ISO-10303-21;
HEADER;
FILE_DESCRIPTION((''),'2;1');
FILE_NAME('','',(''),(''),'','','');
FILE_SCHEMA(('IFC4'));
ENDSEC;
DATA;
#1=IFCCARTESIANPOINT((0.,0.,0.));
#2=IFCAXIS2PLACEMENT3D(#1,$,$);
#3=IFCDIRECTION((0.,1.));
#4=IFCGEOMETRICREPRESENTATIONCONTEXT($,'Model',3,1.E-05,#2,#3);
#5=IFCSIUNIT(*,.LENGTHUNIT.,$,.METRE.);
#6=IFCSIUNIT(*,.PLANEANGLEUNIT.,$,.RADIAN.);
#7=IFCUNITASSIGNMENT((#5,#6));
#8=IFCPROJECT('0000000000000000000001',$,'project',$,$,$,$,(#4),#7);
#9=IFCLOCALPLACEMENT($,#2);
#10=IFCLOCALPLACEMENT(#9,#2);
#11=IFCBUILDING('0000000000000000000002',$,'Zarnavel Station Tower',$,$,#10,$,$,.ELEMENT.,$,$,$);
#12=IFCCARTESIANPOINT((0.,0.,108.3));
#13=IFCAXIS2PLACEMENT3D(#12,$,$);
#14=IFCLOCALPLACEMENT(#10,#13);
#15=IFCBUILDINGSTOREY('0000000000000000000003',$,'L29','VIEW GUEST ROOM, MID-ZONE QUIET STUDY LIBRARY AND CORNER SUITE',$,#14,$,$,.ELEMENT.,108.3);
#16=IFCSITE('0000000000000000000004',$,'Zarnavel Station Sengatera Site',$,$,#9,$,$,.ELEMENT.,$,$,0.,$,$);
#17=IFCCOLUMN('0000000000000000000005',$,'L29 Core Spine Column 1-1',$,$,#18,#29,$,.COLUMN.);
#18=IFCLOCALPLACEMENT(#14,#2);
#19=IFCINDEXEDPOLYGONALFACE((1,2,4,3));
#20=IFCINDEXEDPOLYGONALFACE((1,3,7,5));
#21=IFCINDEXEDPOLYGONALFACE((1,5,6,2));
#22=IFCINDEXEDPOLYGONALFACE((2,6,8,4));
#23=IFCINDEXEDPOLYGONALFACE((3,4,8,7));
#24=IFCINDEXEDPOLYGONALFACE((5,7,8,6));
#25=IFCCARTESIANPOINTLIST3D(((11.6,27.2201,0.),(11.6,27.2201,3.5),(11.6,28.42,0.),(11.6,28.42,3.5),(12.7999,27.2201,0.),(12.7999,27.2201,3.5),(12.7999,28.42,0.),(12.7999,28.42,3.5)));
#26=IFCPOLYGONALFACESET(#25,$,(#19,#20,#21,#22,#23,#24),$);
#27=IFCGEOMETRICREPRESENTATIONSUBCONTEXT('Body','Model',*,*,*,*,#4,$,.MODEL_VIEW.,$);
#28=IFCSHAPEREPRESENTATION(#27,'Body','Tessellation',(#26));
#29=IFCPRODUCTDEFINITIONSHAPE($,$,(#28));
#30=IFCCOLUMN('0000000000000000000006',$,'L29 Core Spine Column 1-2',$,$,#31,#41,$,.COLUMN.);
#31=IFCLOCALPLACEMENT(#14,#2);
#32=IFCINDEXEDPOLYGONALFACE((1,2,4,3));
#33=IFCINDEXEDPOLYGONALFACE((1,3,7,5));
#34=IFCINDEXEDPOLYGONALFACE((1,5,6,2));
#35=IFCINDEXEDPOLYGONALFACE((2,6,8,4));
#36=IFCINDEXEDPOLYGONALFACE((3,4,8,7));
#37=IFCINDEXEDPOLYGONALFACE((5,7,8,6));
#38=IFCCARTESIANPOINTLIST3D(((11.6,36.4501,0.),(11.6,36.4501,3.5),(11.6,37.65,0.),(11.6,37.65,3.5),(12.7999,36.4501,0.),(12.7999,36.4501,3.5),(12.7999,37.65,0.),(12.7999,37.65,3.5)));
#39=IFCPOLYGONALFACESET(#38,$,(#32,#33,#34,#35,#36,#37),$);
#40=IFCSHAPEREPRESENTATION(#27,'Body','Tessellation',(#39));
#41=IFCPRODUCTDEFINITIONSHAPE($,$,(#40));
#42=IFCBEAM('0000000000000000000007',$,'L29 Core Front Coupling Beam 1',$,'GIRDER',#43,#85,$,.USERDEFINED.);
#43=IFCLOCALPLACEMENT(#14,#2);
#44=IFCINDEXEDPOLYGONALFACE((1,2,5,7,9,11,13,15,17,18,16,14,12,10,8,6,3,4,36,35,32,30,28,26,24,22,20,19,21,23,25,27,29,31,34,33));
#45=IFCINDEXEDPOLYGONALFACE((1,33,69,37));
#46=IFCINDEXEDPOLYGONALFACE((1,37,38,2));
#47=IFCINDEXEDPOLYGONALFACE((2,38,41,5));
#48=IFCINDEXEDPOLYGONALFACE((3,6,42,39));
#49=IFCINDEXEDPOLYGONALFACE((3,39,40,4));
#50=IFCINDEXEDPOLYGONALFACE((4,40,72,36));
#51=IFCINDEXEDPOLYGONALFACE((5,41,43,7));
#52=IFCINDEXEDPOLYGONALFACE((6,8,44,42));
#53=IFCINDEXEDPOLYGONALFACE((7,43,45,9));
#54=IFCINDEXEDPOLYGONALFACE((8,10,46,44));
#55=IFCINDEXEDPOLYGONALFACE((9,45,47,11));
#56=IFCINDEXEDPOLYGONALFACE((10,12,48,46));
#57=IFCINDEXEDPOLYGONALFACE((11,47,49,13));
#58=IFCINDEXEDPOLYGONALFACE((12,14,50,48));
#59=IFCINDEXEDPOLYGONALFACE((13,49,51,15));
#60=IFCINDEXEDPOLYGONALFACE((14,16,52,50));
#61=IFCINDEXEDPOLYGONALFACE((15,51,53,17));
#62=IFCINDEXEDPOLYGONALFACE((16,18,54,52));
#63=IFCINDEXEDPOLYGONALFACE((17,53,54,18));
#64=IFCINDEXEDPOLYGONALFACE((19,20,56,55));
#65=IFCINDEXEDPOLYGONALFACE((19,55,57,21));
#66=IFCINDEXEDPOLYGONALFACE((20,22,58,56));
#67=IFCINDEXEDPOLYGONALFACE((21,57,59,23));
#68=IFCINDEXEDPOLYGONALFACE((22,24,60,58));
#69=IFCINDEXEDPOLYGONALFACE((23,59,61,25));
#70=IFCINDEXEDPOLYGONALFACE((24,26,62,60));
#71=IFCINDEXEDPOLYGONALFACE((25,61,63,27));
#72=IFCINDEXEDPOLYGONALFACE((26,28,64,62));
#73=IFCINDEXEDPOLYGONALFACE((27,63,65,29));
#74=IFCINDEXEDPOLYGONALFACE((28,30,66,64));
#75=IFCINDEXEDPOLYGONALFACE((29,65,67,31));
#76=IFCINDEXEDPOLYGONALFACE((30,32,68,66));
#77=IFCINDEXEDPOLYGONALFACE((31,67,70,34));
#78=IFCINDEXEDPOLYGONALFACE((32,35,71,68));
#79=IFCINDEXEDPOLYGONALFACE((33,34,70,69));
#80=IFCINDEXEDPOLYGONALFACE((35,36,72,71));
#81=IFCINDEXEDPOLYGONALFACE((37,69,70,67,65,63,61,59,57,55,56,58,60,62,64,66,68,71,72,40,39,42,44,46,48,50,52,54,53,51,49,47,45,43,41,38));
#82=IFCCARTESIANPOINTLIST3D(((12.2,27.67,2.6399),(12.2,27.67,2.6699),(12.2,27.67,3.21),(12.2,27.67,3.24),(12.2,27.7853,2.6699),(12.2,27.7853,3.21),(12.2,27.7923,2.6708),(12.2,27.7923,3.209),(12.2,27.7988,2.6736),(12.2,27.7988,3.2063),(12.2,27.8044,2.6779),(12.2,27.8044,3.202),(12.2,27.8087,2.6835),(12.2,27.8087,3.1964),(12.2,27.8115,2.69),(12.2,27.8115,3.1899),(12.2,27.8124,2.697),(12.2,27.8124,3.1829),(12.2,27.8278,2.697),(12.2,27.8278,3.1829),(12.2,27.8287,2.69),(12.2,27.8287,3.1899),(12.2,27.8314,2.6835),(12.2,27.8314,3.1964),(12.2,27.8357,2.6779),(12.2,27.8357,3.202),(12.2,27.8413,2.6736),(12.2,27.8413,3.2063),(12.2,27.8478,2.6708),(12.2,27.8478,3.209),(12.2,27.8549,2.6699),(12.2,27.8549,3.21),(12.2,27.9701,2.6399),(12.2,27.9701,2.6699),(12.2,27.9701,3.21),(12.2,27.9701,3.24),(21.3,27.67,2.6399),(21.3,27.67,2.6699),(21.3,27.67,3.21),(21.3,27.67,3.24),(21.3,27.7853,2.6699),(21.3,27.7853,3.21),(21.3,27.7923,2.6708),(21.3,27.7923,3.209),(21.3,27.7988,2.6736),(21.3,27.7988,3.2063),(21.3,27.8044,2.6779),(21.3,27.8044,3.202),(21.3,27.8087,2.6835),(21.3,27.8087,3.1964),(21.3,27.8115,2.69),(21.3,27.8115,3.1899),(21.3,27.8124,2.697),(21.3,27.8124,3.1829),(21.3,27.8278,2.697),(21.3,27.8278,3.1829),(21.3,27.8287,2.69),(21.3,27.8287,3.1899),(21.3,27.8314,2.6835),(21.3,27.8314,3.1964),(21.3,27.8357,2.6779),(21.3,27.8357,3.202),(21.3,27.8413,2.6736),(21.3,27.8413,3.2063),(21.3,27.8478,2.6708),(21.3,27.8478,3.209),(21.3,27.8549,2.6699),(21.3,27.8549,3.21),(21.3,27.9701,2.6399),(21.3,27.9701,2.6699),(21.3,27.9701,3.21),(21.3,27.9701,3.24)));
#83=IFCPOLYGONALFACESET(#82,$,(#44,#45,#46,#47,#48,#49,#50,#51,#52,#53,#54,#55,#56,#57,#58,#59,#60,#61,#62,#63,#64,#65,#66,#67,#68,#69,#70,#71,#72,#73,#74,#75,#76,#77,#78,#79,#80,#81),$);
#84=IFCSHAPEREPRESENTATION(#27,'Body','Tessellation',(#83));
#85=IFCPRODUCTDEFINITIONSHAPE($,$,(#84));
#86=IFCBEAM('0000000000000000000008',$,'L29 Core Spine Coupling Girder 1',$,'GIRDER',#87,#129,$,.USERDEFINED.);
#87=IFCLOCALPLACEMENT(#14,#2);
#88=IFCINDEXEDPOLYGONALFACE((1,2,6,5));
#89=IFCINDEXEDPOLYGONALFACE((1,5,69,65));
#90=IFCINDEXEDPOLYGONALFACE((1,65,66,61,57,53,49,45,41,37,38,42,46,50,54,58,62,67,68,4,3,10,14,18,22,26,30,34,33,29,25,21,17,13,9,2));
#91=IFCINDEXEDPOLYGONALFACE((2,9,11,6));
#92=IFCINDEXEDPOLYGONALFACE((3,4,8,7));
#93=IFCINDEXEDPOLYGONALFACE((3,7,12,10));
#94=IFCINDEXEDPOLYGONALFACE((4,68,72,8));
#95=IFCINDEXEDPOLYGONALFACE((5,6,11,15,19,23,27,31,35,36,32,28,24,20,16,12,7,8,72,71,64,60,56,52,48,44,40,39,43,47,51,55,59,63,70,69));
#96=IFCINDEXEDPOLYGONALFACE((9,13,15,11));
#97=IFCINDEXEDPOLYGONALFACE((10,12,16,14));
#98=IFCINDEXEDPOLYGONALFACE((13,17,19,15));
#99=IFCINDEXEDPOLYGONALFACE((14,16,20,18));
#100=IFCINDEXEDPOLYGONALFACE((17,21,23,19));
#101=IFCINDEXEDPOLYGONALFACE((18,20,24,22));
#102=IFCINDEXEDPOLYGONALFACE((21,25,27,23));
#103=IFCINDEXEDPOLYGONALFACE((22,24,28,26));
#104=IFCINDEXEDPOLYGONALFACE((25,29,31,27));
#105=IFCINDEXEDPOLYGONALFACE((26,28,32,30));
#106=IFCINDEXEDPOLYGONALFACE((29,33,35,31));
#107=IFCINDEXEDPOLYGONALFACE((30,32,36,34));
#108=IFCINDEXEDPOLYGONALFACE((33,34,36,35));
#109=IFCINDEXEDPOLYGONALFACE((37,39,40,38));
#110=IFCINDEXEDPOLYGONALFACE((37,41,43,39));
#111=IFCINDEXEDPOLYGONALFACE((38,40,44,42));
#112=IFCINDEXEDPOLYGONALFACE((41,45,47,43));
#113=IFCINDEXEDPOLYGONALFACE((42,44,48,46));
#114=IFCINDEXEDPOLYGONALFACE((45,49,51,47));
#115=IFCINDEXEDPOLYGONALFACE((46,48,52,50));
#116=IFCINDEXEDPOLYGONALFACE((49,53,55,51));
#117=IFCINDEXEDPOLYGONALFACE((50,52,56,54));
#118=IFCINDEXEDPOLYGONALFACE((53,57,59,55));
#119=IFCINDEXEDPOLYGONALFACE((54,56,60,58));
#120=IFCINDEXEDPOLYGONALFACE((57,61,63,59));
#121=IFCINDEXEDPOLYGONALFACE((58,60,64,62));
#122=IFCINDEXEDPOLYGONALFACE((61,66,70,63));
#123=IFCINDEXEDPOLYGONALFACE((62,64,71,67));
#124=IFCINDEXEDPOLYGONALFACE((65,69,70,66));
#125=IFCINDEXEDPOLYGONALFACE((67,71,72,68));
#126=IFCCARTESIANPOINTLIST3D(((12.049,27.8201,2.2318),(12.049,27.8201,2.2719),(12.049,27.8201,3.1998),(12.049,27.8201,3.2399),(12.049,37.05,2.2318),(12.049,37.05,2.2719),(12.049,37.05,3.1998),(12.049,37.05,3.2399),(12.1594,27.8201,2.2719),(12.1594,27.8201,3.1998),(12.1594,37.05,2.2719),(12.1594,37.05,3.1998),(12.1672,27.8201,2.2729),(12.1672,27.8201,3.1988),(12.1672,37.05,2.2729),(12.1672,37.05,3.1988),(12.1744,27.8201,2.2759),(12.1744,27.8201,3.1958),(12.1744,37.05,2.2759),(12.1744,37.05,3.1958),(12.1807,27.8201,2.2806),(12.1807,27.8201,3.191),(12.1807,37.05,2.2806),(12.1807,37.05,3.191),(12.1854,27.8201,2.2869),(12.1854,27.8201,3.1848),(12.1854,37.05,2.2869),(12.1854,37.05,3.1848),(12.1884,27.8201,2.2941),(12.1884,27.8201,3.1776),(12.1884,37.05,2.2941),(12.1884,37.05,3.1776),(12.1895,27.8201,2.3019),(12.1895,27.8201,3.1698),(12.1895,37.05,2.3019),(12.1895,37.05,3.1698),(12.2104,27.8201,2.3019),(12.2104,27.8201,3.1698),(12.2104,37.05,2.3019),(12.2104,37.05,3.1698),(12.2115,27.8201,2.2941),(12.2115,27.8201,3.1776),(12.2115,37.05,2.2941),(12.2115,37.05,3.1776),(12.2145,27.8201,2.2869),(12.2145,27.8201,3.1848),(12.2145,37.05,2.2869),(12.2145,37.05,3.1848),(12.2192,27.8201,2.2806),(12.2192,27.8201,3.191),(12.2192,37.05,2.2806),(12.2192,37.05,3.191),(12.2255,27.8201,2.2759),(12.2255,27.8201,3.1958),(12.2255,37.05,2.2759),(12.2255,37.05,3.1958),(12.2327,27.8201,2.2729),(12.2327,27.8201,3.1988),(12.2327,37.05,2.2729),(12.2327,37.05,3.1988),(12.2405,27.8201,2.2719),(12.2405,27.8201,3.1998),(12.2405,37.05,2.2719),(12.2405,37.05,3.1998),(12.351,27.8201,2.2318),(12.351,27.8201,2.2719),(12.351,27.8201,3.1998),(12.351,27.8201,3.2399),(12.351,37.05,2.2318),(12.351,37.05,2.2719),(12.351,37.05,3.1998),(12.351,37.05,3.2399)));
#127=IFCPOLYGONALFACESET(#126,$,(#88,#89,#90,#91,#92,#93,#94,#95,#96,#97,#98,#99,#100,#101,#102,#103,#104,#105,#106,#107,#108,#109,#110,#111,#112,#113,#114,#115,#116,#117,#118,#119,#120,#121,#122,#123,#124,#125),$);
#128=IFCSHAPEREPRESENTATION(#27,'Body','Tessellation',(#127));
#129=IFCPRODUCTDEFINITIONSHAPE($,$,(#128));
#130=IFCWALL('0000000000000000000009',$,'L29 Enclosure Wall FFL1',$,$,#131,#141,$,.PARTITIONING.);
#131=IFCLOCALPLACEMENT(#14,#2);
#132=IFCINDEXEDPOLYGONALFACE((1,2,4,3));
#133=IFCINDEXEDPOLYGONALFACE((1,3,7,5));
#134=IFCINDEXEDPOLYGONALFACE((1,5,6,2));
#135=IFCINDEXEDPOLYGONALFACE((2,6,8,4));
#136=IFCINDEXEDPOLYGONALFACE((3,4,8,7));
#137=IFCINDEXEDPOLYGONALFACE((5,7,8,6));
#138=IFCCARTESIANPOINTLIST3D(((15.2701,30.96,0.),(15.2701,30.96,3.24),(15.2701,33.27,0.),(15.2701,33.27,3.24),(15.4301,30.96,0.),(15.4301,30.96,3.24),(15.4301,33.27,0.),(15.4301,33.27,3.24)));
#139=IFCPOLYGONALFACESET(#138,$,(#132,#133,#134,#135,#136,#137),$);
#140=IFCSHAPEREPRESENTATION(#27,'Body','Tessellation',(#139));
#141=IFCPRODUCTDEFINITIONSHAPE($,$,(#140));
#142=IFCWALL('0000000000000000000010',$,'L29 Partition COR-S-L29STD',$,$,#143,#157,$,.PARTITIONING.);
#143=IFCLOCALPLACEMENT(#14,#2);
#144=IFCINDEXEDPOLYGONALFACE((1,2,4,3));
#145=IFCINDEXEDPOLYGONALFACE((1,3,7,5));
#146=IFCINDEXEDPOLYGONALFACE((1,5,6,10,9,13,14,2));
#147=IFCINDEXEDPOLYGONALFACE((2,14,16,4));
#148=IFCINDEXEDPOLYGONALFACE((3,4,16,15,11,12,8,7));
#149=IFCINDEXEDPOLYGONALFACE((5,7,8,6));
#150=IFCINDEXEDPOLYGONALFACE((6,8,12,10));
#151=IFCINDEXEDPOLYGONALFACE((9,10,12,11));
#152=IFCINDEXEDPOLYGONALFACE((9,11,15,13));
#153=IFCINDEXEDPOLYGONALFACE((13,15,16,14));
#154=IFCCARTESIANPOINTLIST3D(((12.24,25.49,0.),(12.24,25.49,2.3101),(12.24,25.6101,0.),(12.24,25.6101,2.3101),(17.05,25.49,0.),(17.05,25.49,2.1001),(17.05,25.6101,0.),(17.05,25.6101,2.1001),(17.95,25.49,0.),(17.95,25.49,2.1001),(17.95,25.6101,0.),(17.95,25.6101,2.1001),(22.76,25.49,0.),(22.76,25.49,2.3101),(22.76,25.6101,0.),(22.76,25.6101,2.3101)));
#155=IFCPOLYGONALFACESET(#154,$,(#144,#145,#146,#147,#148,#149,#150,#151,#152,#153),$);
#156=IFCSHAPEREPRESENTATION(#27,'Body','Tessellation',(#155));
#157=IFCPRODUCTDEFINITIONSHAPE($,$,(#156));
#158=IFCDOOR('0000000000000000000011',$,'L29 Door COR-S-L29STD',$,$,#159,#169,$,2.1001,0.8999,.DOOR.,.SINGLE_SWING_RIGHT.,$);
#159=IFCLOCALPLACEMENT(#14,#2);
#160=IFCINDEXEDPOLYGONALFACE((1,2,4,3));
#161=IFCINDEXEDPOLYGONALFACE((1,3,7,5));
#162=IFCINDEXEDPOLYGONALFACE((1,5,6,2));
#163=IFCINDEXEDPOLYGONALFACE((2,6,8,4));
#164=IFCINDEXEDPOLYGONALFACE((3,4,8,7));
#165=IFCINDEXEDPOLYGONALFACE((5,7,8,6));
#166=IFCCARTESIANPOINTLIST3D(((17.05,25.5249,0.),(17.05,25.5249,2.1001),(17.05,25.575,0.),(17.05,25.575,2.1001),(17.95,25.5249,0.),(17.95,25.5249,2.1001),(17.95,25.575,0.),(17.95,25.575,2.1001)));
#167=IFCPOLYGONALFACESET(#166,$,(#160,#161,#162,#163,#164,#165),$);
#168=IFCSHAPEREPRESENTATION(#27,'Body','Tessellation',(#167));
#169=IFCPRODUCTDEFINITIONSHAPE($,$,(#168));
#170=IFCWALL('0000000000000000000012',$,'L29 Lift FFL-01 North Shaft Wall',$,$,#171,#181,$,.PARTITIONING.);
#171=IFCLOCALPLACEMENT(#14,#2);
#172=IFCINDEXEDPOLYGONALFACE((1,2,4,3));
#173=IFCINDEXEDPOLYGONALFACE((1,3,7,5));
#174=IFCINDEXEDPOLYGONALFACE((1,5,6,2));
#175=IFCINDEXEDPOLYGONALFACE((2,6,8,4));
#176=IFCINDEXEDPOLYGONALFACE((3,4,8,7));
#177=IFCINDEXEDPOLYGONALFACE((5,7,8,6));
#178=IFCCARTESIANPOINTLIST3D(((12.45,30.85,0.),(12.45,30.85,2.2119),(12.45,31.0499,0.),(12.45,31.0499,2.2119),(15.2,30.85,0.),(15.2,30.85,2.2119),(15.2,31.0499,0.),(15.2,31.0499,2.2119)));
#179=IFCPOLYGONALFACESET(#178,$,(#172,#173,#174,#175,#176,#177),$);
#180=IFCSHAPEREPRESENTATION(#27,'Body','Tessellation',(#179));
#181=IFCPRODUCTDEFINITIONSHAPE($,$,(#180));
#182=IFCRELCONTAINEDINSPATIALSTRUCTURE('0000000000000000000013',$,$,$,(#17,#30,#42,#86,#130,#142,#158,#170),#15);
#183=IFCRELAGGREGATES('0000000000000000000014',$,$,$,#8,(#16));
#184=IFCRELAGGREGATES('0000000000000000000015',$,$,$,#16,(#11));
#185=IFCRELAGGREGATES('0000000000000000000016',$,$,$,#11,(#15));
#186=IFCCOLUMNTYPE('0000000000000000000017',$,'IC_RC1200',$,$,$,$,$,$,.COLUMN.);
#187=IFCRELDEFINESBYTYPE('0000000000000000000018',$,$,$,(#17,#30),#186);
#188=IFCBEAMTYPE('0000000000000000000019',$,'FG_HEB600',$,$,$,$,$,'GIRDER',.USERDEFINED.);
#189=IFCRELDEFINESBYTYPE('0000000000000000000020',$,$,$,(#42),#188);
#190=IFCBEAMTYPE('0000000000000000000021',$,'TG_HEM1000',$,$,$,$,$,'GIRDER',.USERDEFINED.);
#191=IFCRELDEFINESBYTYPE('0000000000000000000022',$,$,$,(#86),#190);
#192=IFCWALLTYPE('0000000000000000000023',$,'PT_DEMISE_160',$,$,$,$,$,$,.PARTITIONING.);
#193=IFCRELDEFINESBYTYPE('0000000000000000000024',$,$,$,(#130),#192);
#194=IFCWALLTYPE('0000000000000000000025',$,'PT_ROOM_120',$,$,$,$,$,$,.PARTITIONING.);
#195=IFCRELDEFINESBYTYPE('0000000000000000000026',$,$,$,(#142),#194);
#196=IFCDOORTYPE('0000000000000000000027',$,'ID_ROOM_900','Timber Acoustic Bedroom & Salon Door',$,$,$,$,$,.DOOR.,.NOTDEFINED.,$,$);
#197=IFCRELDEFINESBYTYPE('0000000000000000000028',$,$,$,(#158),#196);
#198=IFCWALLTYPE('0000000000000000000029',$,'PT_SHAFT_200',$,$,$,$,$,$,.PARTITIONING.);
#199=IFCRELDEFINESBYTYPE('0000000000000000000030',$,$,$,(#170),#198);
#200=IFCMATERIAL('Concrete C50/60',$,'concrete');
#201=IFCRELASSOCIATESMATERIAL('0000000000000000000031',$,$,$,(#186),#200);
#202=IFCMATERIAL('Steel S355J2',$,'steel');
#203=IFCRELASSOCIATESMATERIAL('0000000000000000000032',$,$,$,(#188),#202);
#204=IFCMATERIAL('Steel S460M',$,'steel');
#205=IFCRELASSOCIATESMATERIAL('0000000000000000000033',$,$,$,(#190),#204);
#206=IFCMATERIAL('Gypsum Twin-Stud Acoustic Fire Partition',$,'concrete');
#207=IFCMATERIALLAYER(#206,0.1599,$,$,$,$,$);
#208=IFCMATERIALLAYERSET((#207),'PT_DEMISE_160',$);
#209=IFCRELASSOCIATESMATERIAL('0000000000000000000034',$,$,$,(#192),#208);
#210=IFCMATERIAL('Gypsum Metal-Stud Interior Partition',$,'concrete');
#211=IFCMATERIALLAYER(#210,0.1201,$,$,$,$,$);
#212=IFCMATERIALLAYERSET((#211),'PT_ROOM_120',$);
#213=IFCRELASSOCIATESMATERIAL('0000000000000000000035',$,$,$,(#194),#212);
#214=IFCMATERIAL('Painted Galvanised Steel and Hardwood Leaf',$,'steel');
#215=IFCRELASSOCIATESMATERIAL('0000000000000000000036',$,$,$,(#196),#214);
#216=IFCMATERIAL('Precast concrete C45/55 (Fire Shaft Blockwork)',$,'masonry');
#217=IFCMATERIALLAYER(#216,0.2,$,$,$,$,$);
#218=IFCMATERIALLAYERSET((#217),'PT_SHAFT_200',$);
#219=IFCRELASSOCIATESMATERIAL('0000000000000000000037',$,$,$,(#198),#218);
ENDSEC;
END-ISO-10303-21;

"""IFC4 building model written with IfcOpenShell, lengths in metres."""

from ifc_helpers import new_model, si_unit, direction, frame, frame_2d, origin, origin_2d, place, context, subcontext, project, spatial, rectangle, i_section, extrude, material, layer, layer_set, material_profile, profile_set, type_object, element, fill, save


model = new_model("IFC4")

# Units and contexts
model_context = context("Model", 3, precision=1e-05, world=origin(), true_north=direction((0.0, 1.0)))
body_context = subcontext(model_context, "Body", "Model", "MODEL_VIEW")
ifc_project = project(units=[si_unit("LENGTHUNIT", "METRE"), si_unit("PLANEANGLEUNIT", "RADIAN")], contexts=[model_context])

# Site, building, storey
site_placement = place(None, origin())
site = spatial("IfcSite", under=ifc_project, at=site_placement, Name="Zarnavel Station Sengatera Site", CompositionType="ELEMENT", RefElevation=0.0)
building_placement = place(site_placement, origin())
building = spatial("IfcBuilding", under=site, at=building_placement, Name="Zarnavel Station Tower", CompositionType="ELEMENT")
storey_placement = place(building_placement, frame((0.0, 0.0, 108.3)))
storey = spatial("IfcBuildingStorey", under=building, at=storey_placement, Name="L29", Description="VIEW GUEST ROOM, MID-ZONE QUIET STUDY LIBRARY AND CORNER SUITE", CompositionType="ELEMENT", Elevation=108.3)

# Columns
ifc_material_1 = material(Name="Concrete C50/60", Category="concrete")
ifc_material_profile_1 = material_profile(ifc_material_1, rectangle(XDim=1.2, YDim=1.2, at=origin_2d()), Name="RC1200x1200")
ifc_profile_set_1 = profile_set([ifc_material_profile_1], Name="Concrete C50/60")
column_type = type_object("IfcColumnType", Name="IC_RC1200", PredefinedType="COLUMN", material=ifc_profile_set_1)
for number, where, z_axis, x_axis, name in (
    (1, (12.2, 27.8201, 0.0), (0.0, 0.0, 1.0), (1.0, 0.0, 0.0), "L29 Core Spine Column 1-1"),
    (2, (12.2, 37.05, 0.0), (0.0, 0.0, 1.0), (1.0, 0.0, 0.0), "L29 Core Spine Column 1-2"),
):
    element("IfcColumn", number, at=place(storey_placement, frame(where, z_axis=z_axis, x_axis=x_axis)), inside=storey, type_object=column_type, Name=name, PredefinedType="COLUMN", context=body_context, shape_type="SweptSolid", body=[
        extrude(rectangle(XDim=1.2, YDim=1.2, at=origin_2d()), origin(), (0.0, 0.0, 1.0), 3.5),
    ])

# Beams
ifc_material_2 = material(Name="Steel S355J2", Category="steel")
ifc_material_profile_2 = material_profile(ifc_material_2, i_section(OverallWidth=0.3, OverallDepth=0.6001, WebThickness=0.0154, FlangeThickness=0.03, FilletRadius=0.0271, at=origin_2d()), Name="HEB600")
ifc_profile_set_2 = profile_set([ifc_material_profile_2], Name="Steel S355J2")
beam_type_1 = type_object("IfcBeamType", Name="FG_HEB600", ElementType="GIRDER", PredefinedType="USERDEFINED", material=ifc_profile_set_2)
beam_1_placement = place(storey_placement, frame((12.2, 27.8201, 2.9399), z_axis=(1.0, 0.0, 0.0), x_axis=(0.0, 1.0, 0.0)))
element("IfcBeam", 3, at=beam_1_placement, inside=storey, type_object=beam_type_1, Name="L29 Core Front Coupling Beam 1", ObjectType="GIRDER", PredefinedType="USERDEFINED", context=body_context, shape_type="SweptSolid", body=[
    extrude(i_section(OverallWidth=0.3, OverallDepth=0.6001, WebThickness=0.0154, FlangeThickness=0.03, FilletRadius=0.0271, at=origin_2d()), origin(), (0.0, 0.0, 1.0), 9.1001),
])
ifc_material_3 = material(Name="Steel S460M", Category="steel")
ifc_material_profile_3 = material_profile(ifc_material_3, i_section(OverallWidth=0.302, OverallDepth=1.0081, WebThickness=0.021, FlangeThickness=0.04, FilletRadius=0.03, at=origin_2d()), Name="HEM1000")
ifc_profile_set_3 = profile_set([ifc_material_profile_3], Name="Steel S460M")
beam_type_2 = type_object("IfcBeamType", Name="TG_HEM1000", ElementType="GIRDER", PredefinedType="USERDEFINED", material=ifc_profile_set_3)
beam_2_placement = place(storey_placement, frame((12.2, 27.8201, 2.7358), z_axis=(0.0, 1.0, 0.0), x_axis=(-1.0, 0.0, 0.0)))
element("IfcBeam", 4, at=beam_2_placement, inside=storey, type_object=beam_type_2, Name="L29 Core Spine Coupling Girder 1", ObjectType="GIRDER", PredefinedType="USERDEFINED", context=body_context, shape_type="SweptSolid", body=[
    extrude(i_section(OverallWidth=0.302, OverallDepth=1.0081, WebThickness=0.021, FlangeThickness=0.04, FilletRadius=0.03, at=origin_2d()), origin(), (0.0, 0.0, 1.0), 9.23),
])

# Wall
ifc_material_4 = material(Name="Gypsum Twin-Stud Acoustic Fire Partition", Category="concrete")
ifc_layer_1 = layer(ifc_material_4, 0.1599)
ifc_layer_set_1 = layer_set([ifc_layer_1], Name="PT_DEMISE_160")
wall_type_1 = type_object("IfcWallType", Name="PT_DEMISE_160", PredefinedType="PARTITIONING", material=ifc_layer_set_1)
wall_1_placement = place(storey_placement, frame((15.3501, 30.96, 0.0), z_axis=(0.0, 0.0, 1.0), x_axis=(0.0, 1.0, 0.0)))
element("IfcWall", 5, at=wall_1_placement, inside=storey, type_object=wall_type_1, Name="L29 Enclosure Wall FFL1", PredefinedType="PARTITIONING", context=body_context, shape_type="SweptSolid", body=[
    extrude(rectangle(XDim=2.3101, YDim=0.1599, at=frame_2d((1.155, 0.0))), origin(), (0.0, 0.0, 1.0), 3.24),
])

# Wall, opening, door
ifc_material_5 = material(Name="Gypsum Metal-Stud Interior Partition", Category="concrete")
ifc_layer_2 = layer(ifc_material_5, 0.1201)
ifc_layer_set_2 = layer_set([ifc_layer_2], Name="PT_ROOM_120")
wall_type_2 = type_object("IfcWallType", Name="PT_ROOM_120", PredefinedType="PARTITIONING", material=ifc_layer_set_2)
wall_2_placement = place(storey_placement, frame((12.24, 25.55, 0.0), z_axis=(0.0, 0.0, 1.0), x_axis=(1.0, 0.0, 0.0)))
wall_2 = element("IfcWall", 6, at=wall_2_placement, inside=storey, type_object=wall_type_2, Name="L29 Partition COR-S-L29STD", PredefinedType="PARTITIONING", context=body_context, shape_type="SweptSolid", body=[
    extrude(rectangle(XDim=10.52, YDim=0.1201, at=frame_2d((5.26, 0.0))), origin(), (0.0, 0.0, 1.0), 2.3101),
])
opening_1_placement = place(wall_2_placement, frame((4.8101, 0.0, 0.0)))
opening_1 = element("IfcOpeningElement", 7, at=opening_1_placement, cuts=wall_2, PredefinedType="OPENING", context=body_context, shape_type="SweptSolid", body=[
    extrude(rectangle(XDim=0.8999, YDim=2.1001, at=frame_2d((0.45, 1.05))), frame((0.0, 0.0701, 0.0), z_axis=(0.0, -1.0, 0.0), x_axis=(1.0, 0.0, 0.0)), (0.0, 0.0, 1.0), 0.1401),
])
ifc_material_6 = material(Name="Painted Galvanised Steel and Hardwood Leaf", Category="steel")
door_type_1 = type_object("IfcDoorType", Name="ID_ROOM_900", Description="Timber Acoustic Bedroom & Salon Door", OperationType="NOTDEFINED", PredefinedType="DOOR", material=ifc_material_6)
door_1_placement = place(opening_1_placement, origin())
door_1 = element("IfcDoor", 8, at=door_1_placement, inside=storey, type_object=door_type_1, Name="L29 Door COR-S-L29STD", OperationType="SINGLE_SWING_RIGHT", OverallHeight=2.1001, OverallWidth=0.8999, PredefinedType="DOOR", context=body_context, shape_type="SweptSolid", body=[
    extrude(rectangle(XDim=0.8999, YDim=2.1001, at=frame_2d((0.45, 1.05))), frame((0.0, 0.0249, 0.0), z_axis=(0.0, -1.0, 0.0), x_axis=(1.0, 0.0, 0.0)), (0.0, 0.0, 1.0), 0.05),
])
fill(opening_1, door_1)
ifc_material_7 = material(Name="Precast concrete C45/55 (Fire Shaft Blockwork)", Category="masonry")
ifc_layer_3 = layer(ifc_material_7, 0.2)
ifc_layer_set_3 = layer_set([ifc_layer_3], Name="PT_SHAFT_200")
wall_type_3 = type_object("IfcWallType", Name="PT_SHAFT_200", PredefinedType="PARTITIONING", material=ifc_layer_set_3)

# Wall
wall_3_placement = place(storey_placement, frame((12.45, 30.95, 0.0), z_axis=(0.0, 0.0, 1.0), x_axis=(1.0, 0.0, 0.0)))
element("IfcWall", 9, at=wall_3_placement, inside=storey, type_object=wall_type_3, Name="L29 Lift FFL-01 North Shaft Wall", PredefinedType="PARTITIONING", context=body_context, shape_type="SweptSolid", body=[
    extrude(rectangle(XDim=2.75, YDim=0.2, at=frame_2d((1.375, 0.0))), origin(), (0.0, 0.0, 1.0), 2.2119),
])

save(model, "model.ifc")
